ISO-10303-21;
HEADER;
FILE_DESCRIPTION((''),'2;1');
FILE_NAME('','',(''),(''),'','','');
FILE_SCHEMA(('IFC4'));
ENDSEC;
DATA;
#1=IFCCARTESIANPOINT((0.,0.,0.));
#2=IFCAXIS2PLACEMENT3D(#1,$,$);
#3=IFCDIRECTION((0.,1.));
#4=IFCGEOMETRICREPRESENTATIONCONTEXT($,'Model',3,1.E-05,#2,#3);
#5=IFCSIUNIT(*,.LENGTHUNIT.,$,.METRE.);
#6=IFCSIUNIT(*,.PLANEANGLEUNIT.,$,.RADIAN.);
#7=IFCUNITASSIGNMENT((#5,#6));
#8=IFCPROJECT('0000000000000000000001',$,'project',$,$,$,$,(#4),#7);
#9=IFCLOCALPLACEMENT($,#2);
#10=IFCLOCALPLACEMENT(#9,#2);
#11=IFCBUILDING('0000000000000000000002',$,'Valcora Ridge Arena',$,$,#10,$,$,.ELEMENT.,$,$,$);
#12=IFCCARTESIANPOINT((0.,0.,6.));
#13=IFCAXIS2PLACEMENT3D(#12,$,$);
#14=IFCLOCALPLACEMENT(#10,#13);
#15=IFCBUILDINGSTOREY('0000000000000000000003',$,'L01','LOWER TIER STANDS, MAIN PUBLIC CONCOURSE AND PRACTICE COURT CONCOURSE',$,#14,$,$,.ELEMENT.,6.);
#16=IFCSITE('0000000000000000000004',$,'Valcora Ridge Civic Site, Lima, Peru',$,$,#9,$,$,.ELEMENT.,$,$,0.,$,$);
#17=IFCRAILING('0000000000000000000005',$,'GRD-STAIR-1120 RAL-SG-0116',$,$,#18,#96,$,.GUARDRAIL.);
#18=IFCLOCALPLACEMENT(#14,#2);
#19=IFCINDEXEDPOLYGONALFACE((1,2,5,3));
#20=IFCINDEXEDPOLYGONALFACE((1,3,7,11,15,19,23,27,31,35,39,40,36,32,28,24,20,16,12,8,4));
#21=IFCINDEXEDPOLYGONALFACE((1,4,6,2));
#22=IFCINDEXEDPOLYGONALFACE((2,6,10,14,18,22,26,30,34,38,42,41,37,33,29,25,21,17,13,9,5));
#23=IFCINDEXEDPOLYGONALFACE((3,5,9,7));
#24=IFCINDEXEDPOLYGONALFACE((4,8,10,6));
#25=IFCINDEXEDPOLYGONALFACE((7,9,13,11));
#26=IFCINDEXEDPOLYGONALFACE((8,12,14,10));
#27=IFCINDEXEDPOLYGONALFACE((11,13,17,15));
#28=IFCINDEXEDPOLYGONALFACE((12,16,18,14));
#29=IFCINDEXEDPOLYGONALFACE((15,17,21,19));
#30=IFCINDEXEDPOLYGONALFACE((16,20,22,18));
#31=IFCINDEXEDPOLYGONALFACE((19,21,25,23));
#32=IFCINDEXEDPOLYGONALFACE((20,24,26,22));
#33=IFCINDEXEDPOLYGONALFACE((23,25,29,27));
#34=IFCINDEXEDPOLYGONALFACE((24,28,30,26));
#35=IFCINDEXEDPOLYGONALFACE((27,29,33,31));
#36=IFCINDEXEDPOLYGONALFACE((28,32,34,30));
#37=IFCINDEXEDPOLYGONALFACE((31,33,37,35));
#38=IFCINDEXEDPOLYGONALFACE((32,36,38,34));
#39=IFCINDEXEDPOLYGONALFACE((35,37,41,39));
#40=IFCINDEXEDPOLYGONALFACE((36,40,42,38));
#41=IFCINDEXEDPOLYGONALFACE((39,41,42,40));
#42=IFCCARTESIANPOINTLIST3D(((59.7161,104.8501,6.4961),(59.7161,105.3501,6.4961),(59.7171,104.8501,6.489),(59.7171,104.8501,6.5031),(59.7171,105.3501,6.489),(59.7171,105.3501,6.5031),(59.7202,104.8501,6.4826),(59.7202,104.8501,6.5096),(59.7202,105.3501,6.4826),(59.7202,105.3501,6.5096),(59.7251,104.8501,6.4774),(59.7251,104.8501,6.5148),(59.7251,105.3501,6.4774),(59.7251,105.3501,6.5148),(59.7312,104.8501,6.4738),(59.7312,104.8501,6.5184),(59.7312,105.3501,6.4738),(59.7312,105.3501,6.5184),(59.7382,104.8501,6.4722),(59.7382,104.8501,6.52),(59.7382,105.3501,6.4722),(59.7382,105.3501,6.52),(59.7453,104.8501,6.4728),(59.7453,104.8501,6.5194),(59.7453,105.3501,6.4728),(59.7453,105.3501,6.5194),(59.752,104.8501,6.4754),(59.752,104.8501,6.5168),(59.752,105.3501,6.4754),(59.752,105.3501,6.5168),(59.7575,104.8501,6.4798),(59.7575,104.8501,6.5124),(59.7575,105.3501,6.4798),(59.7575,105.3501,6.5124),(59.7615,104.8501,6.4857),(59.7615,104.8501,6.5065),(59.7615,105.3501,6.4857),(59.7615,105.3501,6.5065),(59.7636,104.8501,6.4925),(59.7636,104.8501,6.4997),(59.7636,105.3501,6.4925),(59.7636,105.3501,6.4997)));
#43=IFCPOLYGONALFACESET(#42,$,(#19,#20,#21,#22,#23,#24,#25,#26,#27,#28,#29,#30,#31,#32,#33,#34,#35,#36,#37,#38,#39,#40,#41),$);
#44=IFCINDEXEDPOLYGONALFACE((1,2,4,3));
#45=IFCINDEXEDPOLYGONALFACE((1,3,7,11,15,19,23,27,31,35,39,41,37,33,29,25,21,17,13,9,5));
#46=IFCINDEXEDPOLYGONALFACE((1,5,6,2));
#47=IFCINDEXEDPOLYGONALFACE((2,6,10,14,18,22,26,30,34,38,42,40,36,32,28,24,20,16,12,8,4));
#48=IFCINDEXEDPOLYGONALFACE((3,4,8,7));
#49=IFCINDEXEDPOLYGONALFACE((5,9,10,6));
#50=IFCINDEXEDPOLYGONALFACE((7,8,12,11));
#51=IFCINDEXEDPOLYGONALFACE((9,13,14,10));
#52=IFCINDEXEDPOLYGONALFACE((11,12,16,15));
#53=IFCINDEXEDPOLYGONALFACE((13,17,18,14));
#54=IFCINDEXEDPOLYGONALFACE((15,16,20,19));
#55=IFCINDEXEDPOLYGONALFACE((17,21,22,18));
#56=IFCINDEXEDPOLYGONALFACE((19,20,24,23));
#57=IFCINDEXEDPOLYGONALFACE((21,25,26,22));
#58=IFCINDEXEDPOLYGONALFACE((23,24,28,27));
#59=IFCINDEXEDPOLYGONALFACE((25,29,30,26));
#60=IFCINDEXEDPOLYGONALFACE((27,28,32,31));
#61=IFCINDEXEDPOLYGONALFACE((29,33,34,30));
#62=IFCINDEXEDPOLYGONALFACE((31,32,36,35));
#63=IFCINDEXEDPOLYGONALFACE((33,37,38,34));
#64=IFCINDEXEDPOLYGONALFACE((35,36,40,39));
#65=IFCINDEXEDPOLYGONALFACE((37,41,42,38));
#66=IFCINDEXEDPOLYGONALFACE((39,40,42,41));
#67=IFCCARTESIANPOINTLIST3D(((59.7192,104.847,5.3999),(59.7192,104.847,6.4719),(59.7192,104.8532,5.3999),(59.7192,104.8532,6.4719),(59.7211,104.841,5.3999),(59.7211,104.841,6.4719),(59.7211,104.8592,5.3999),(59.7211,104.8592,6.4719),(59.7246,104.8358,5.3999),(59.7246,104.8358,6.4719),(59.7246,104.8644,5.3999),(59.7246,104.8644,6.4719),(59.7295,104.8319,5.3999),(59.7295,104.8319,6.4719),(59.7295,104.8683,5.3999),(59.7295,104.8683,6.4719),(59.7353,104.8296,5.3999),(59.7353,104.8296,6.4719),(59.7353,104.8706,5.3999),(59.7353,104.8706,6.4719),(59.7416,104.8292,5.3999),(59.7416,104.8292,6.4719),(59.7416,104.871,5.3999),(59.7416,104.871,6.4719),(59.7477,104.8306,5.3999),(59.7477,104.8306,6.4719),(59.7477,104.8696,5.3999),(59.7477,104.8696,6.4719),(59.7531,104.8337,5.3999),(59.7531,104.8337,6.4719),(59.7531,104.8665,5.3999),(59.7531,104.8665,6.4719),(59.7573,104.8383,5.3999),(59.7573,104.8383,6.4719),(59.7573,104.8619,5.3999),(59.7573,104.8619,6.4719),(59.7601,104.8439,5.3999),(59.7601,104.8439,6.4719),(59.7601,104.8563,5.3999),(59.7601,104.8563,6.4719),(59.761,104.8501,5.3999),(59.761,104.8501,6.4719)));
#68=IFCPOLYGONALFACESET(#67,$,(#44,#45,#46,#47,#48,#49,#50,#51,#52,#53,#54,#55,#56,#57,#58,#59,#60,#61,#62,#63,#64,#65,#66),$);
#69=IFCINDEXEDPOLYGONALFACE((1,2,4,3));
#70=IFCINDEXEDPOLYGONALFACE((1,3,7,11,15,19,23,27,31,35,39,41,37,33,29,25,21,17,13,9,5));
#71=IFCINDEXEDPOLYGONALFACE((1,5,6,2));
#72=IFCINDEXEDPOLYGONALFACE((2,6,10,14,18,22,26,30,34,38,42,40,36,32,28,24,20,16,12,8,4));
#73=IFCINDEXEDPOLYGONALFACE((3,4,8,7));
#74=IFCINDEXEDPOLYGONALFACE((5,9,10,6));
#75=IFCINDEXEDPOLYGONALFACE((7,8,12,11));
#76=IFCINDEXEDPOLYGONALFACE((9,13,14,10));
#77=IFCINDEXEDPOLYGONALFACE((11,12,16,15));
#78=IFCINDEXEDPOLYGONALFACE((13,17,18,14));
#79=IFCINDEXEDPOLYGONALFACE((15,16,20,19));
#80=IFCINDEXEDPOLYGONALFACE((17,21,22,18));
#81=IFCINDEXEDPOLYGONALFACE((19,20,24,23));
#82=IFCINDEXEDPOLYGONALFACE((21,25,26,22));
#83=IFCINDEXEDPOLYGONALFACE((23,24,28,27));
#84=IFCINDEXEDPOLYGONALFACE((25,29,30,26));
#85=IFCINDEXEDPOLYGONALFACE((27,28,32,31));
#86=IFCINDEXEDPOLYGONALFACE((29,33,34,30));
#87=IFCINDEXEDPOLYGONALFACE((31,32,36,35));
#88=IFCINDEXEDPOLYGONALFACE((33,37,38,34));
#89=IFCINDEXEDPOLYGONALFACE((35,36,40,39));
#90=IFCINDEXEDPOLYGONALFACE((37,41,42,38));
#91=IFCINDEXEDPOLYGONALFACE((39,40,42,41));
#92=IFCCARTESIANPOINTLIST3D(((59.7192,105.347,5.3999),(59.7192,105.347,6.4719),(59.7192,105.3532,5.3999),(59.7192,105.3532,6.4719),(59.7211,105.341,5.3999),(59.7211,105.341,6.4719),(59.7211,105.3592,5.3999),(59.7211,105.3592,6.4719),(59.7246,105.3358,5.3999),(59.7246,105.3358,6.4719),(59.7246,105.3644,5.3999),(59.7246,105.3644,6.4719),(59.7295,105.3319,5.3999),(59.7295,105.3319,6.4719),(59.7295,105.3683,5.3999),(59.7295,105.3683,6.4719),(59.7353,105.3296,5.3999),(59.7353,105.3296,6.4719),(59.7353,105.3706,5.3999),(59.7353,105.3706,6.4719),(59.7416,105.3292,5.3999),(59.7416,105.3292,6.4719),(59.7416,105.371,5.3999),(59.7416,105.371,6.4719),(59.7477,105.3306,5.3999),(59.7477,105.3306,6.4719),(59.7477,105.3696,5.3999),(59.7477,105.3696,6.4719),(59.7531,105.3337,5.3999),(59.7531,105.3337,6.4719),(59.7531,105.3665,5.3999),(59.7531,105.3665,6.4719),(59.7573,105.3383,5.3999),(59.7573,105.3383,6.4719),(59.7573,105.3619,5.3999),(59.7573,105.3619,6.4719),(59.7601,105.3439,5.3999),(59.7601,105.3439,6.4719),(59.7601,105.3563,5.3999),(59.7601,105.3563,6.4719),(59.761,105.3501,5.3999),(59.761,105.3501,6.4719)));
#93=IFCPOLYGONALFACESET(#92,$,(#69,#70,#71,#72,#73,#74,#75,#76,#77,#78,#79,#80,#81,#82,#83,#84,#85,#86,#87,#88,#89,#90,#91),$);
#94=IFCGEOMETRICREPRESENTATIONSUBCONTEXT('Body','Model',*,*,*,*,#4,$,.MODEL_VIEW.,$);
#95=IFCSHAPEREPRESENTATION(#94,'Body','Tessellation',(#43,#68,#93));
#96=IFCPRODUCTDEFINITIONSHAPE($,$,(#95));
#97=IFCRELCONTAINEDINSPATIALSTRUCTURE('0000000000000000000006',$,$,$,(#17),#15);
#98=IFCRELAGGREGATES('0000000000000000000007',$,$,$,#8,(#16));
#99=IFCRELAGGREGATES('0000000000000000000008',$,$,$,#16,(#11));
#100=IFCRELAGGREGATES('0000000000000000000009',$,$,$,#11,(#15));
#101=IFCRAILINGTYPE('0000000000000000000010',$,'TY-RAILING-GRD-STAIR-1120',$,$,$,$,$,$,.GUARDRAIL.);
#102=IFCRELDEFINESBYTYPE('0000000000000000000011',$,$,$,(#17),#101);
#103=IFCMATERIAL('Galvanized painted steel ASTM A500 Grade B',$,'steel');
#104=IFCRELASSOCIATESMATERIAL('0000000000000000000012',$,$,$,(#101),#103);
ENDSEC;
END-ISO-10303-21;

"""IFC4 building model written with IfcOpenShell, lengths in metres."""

from ifc_helpers import new_model, si_unit, direction, frame, origin, origin_2d, place, context, subcontext, project, spatial, circle, extrude, material, type_object, element, save


model = new_model("IFC4")

# Units and contexts
model_context = context("Model", 3, precision=1e-05, world=origin(), true_north=direction((0.0, 1.0)))
body_context = subcontext(model_context, "Body", "Model", "MODEL_VIEW")
ifc_project = project(units=[si_unit("LENGTHUNIT", "METRE"), si_unit("PLANEANGLEUNIT", "RADIAN")], contexts=[model_context])

# Site, building, storey
site_placement = place(None, origin())
site = spatial("IfcSite", under=ifc_project, at=site_placement, Name="Valcora Ridge Civic Site, Lima, Peru", CompositionType="ELEMENT", RefElevation=0.0)
building_placement = place(site_placement, origin())
building = spatial("IfcBuilding", under=site, at=building_placement, Name="Valcora Ridge Arena", CompositionType="ELEMENT")
storey_placement = place(building_placement, frame((0.0, 0.0, 6.0)))
storey = spatial("IfcBuildingStorey", under=building, at=storey_placement, Name="L01", Description="LOWER TIER STANDS, MAIN PUBLIC CONCOURSE AND PRACTICE COURT CONCOURSE", CompositionType="ELEMENT", Elevation=6.0)

# Railing
ifc_material_1 = material(Name="Galvanized painted steel ASTM A500 Grade B", Category="steel")
railing_type_1 = type_object("IfcRailingType", Name="TY-RAILING-GRD-STAIR-1120", PredefinedType="GUARDRAIL", material=ifc_material_1)
railing_1_placement = place(storey_placement, frame((59.74, 104.8501, 5.3999)))
element("IfcRailing", 1, at=railing_1_placement, inside=storey, type_object=railing_type_1, Name="GRD-STAIR-1120 RAL-SG-0116", PredefinedType="GUARDRAIL", context=body_context, shape_type="SweptSolid", body=[
    extrude(circle(Radius=0.0239, at=origin_2d()), frame((0.0, 0.0, 1.0962), z_axis=(0.0, 1.0, 0.0), x_axis=(-1.0, 0.0, 0.0)), (0.0, 0.0, 1.0), 0.5),
    extrude(circle(Radius=0.021, at=origin_2d()), origin(), (0.0, 0.0, 1.0), 1.072),
    extrude(circle(Radius=0.021, at=origin_2d()), frame((0.0, 0.5, 0.0)), (0.0, 0.0, 1.0), 1.072),
])

save(model, "model.ifc")
